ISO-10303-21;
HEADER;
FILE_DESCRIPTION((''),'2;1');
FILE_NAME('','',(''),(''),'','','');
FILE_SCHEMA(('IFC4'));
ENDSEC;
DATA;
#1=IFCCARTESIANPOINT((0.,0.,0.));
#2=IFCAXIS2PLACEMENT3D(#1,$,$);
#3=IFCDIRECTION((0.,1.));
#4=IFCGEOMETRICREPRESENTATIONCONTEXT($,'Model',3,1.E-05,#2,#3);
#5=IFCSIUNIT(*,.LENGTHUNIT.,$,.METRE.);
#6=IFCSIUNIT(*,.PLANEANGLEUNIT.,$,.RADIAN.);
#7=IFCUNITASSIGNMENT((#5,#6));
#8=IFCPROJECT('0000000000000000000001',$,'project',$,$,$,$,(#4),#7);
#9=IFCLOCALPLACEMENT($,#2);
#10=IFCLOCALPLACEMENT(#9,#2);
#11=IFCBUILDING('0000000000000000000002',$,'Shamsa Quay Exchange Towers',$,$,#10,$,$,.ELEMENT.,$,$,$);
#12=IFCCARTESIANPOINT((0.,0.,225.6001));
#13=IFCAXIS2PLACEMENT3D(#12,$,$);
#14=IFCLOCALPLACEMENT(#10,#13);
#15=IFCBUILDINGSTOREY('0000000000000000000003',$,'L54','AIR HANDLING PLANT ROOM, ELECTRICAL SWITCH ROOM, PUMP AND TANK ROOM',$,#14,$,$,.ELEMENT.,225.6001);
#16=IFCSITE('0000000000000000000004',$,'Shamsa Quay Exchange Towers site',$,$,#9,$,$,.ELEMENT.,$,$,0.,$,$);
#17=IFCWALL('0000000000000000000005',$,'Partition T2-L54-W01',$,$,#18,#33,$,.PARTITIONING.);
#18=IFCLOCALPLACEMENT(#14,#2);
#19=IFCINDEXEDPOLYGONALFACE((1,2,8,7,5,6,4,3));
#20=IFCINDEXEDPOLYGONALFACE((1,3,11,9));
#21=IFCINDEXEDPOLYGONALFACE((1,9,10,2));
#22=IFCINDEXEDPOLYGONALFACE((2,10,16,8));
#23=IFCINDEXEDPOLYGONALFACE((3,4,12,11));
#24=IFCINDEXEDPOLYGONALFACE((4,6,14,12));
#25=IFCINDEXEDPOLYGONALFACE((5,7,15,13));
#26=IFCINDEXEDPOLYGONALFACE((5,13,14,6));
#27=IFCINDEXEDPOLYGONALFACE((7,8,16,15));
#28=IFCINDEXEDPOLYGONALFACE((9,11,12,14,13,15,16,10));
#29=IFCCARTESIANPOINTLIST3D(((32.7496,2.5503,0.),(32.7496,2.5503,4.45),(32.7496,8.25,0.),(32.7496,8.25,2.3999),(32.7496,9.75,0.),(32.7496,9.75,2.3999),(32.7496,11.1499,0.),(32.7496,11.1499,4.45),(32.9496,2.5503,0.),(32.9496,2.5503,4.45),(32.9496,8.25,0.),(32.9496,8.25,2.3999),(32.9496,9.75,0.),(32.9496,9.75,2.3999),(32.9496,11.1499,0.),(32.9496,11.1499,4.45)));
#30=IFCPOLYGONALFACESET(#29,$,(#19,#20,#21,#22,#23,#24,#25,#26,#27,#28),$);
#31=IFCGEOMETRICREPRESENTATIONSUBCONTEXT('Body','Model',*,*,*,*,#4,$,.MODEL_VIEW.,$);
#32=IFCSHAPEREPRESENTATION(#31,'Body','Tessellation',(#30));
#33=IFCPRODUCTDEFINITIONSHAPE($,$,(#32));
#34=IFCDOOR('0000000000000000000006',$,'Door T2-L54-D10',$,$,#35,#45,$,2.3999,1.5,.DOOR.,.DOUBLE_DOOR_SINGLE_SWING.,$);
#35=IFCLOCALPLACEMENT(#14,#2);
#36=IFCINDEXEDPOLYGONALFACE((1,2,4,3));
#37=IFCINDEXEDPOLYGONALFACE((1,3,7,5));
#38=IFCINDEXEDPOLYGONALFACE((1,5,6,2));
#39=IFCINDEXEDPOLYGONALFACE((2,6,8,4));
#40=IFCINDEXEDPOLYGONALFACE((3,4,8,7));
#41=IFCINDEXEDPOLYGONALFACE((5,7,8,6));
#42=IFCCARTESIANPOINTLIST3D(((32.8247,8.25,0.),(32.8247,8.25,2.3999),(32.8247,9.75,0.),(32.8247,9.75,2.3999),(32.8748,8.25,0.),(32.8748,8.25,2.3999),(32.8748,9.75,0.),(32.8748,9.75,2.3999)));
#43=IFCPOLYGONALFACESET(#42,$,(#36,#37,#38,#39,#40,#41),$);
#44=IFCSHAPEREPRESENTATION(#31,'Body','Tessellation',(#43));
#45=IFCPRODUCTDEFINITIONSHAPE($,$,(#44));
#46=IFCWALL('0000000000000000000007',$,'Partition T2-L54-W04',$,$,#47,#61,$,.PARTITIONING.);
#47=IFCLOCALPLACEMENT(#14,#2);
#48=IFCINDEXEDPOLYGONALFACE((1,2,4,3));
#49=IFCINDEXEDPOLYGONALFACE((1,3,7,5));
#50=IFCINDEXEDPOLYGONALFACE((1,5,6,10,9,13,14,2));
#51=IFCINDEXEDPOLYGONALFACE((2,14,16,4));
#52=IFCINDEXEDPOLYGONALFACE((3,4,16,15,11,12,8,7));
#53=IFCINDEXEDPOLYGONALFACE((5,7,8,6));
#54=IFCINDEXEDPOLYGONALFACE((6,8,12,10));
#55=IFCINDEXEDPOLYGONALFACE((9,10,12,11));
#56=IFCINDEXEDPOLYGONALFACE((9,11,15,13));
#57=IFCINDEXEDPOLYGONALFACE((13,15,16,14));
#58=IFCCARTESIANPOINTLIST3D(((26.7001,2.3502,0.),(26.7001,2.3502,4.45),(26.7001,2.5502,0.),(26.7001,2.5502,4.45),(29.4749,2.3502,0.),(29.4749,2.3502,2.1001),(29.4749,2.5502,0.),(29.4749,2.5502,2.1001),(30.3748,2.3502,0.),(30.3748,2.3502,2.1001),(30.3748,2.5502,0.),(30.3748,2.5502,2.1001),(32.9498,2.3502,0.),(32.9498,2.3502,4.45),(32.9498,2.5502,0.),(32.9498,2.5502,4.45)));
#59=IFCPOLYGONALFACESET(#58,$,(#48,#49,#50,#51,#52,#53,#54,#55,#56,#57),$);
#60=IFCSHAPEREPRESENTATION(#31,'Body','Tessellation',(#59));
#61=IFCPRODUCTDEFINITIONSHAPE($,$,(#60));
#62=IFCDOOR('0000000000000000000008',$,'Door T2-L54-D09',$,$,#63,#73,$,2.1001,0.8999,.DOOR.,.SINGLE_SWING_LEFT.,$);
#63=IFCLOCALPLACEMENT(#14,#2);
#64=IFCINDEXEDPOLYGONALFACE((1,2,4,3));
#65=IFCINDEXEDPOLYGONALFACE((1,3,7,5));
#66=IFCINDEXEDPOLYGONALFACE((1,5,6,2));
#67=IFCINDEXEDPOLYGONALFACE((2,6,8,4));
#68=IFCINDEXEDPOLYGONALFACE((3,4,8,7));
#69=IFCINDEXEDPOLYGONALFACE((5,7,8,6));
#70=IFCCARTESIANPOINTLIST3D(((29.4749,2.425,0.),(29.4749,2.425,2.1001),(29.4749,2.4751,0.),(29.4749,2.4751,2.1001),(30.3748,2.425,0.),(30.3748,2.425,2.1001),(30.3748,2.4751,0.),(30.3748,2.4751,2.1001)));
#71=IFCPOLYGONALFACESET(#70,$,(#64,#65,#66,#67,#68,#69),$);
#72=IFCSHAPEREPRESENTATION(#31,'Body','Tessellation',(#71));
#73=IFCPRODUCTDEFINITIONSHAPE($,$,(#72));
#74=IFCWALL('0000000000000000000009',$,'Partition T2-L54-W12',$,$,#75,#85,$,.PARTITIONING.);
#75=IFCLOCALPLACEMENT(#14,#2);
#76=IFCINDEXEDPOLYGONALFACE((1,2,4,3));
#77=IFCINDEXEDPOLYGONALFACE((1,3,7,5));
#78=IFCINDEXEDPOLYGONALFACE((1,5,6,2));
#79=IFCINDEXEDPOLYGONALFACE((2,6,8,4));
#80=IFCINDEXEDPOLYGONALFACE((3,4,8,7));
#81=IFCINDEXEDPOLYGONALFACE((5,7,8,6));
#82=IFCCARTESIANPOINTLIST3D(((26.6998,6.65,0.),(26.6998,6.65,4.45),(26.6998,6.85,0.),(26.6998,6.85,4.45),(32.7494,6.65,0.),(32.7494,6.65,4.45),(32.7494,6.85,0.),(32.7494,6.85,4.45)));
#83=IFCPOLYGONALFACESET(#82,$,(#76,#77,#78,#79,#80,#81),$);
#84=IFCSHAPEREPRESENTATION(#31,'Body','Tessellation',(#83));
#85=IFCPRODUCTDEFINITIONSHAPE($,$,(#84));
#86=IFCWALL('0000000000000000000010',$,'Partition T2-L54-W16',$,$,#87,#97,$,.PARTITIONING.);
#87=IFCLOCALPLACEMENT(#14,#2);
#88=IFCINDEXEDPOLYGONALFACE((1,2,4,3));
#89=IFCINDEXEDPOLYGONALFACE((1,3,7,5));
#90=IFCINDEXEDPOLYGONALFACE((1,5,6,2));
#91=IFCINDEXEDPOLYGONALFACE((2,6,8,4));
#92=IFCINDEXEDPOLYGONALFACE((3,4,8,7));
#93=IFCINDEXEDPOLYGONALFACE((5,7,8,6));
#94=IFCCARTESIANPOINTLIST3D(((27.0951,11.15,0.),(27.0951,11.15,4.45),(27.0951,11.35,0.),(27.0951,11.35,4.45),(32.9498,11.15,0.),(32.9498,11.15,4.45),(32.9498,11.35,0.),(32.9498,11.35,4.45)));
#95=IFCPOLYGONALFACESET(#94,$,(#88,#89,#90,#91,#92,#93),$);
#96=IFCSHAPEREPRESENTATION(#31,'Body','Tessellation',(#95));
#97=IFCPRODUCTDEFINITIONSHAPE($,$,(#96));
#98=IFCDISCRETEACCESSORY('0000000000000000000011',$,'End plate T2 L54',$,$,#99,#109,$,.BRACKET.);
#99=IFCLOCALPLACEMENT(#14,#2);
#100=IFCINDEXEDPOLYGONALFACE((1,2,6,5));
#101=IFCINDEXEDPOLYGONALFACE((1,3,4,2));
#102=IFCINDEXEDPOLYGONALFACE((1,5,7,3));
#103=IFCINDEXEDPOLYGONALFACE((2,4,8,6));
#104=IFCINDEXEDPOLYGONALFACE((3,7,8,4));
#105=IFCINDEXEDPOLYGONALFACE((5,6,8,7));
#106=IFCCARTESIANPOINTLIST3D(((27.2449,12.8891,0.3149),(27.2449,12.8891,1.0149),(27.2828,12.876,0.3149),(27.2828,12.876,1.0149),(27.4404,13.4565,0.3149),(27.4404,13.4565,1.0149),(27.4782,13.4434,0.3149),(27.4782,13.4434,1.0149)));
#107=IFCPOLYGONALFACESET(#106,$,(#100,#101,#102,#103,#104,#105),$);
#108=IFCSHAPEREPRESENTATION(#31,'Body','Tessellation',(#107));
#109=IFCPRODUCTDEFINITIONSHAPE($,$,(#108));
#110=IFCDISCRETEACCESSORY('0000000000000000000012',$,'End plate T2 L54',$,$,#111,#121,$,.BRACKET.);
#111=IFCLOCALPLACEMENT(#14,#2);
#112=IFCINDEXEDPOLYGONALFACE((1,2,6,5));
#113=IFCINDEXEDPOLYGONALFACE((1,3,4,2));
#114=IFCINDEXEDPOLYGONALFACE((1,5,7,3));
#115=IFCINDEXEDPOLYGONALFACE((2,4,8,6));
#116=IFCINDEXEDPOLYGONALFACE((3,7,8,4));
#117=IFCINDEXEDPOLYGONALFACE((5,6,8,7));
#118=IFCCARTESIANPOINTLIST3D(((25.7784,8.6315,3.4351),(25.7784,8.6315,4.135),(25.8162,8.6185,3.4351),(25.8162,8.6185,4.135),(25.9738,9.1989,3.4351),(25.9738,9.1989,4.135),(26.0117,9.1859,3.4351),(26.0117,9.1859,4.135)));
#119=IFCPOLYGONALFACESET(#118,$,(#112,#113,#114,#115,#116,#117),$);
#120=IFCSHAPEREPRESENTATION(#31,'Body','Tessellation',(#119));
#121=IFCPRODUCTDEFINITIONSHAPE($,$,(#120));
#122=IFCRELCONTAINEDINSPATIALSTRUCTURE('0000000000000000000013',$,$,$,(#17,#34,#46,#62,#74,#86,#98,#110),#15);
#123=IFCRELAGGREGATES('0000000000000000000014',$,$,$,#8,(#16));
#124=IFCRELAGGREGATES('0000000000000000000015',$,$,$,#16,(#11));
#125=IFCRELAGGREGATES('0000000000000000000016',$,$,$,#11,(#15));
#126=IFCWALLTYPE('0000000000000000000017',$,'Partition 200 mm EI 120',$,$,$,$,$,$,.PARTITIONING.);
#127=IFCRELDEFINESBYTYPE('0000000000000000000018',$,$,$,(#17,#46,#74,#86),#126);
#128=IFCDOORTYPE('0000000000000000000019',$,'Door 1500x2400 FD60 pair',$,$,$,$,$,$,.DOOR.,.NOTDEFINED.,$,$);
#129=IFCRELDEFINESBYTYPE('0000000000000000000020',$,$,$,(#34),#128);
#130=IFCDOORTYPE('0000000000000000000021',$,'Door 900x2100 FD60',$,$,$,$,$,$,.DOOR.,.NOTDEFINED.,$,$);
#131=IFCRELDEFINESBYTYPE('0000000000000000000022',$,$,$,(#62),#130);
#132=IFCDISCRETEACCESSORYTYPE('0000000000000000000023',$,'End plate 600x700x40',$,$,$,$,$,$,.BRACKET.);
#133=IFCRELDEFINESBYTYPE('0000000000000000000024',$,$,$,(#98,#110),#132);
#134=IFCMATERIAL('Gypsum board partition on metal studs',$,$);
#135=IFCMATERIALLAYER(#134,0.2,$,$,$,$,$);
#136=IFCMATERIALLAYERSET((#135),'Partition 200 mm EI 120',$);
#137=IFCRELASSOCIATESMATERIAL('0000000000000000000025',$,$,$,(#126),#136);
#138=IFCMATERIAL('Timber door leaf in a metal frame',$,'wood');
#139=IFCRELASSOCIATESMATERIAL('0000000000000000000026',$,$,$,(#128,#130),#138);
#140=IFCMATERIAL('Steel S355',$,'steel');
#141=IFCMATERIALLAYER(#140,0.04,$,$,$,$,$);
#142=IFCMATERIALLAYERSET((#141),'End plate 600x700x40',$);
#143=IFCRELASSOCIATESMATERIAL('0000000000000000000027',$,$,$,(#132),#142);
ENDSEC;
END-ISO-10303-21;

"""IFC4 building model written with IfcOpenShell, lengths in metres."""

from ifc_helpers import new_model, si_unit, direction, frame, frame_2d, origin, origin_2d, place, context, subcontext, project, spatial, rectangle, extrude, material, layer, layer_set, type_object, element, fill, save


model = new_model("IFC4")

# Units and contexts
model_context = context("Model", 3, precision=1e-05, world=origin(), true_north=direction((0.0, 1.0)))
body_context = subcontext(model_context, "Body", "Model", "MODEL_VIEW")
ifc_project = project(units=[si_unit("LENGTHUNIT", "METRE"), si_unit("PLANEANGLEUNIT", "RADIAN")], contexts=[model_context])

# Site, building, storey
site_placement = place(None, origin())
site = spatial("IfcSite", under=ifc_project, at=site_placement, Name="Shamsa Quay Exchange Towers site", CompositionType="ELEMENT", RefElevation=0.0)
building_placement = place(site_placement, origin())
building = spatial("IfcBuilding", under=site, at=building_placement, Name="Shamsa Quay Exchange Towers", CompositionType="ELEMENT")
storey_placement = place(building_placement, frame((0.0, 0.0, 225.6001)))
storey = spatial("IfcBuildingStorey", under=building, at=storey_placement, Name="L54", Description="AIR HANDLING PLANT ROOM, ELECTRICAL SWITCH ROOM, PUMP AND TANK ROOM", CompositionType="ELEMENT", Elevation=225.6001)

# Shared definitions
ifc_material_1 = material(Name="Steel S355", Category="steel")

# Shared definitions
ifc_material_2 = material(Name="Gypsum board partition on metal studs")

# Walls, openings, doors
ifc_layer_1 = layer(ifc_material_2, 0.2)
ifc_layer_set_1 = layer_set([ifc_layer_1], Name="Partition 200 mm EI 120")
wall_type_1 = type_object("IfcWallType", Name="Partition 200 mm EI 120", PredefinedType="PARTITIONING", material=ifc_layer_set_1)
wall_1_placement = place(storey_placement, frame((32.8496, 2.5503, 0.0), z_axis=(0.0, 0.0, 1.0), x_axis=(0.0, 1.0, 0.0)))
wall_1 = element("IfcWall", 1, at=wall_1_placement, inside=storey, type_object=wall_type_1, Name="Partition T2-L54-W01", PredefinedType="PARTITIONING", context=body_context, shape_type="SweptSolid", body=[
    extrude(rectangle(XDim=8.5996, YDim=0.2, at=frame_2d((4.2998, 0.0))), origin(), (0.0, 0.0, 1.0), 4.45),
])
opening_1_placement = place(wall_1_placement, frame((5.6997, 0.0, 0.0)))
opening_1 = element("IfcOpeningElement", 2, at=opening_1_placement, cuts=wall_1, PredefinedType="OPENING", context=body_context, shape_type="SweptSolid", body=[
    extrude(rectangle(XDim=1.5, YDim=2.3999, at=frame_2d((0.75, 1.2))), frame((0.0, 0.1099, 0.0), z_axis=(0.0, -1.0, 0.0), x_axis=(1.0, 0.0, 0.0)), (0.0, 0.0, 1.0), 0.22),
])
ifc_material_3 = material(Name="Timber door leaf in a metal frame", Category="wood")
door_type_1 = type_object("IfcDoorType", Name="Door 1500x2400 FD60 pair", OperationType="NOTDEFINED", PredefinedType="DOOR", material=ifc_material_3)
door_1_placement = place(opening_1_placement, origin())
door_1 = element("IfcDoor", 3, at=door_1_placement, inside=storey, type_object=door_type_1, Name="Door T2-L54-D10", OperationType="DOUBLE_DOOR_SINGLE_SWING", OverallHeight=2.3999, OverallWidth=1.5, PredefinedType="DOOR", context=body_context, shape_type="SweptSolid", body=[
    extrude(rectangle(XDim=1.5, YDim=2.3999, at=frame_2d((0.75, 1.2))), frame((0.0, 0.0249, 0.0), z_axis=(0.0, -1.0, 0.0), x_axis=(1.0, 0.0, 0.0)), (0.0, 0.0, 1.0), 0.05),
])
fill(opening_1, door_1)
wall_2_placement = place(storey_placement, frame((26.7, 2.4502, 0.0)))
wall_2 = element("IfcWall", 4, at=wall_2_placement, inside=storey, type_object=wall_type_1, Name="Partition T2-L54-W04", PredefinedType="PARTITIONING", context=body_context, shape_type="SweptSolid", body=[
    extrude(rectangle(XDim=6.2498, YDim=0.2, at=frame_2d((3.125, 0.0))), origin(), (0.0, 0.0, 1.0), 4.45),
])
opening_2_placement = place(wall_2_placement, frame((2.7749, 0.0, 0.0)))
opening_2 = element("IfcOpeningElement", 5, at=opening_2_placement, cuts=wall_2, PredefinedType="OPENING", context=body_context, shape_type="SweptSolid", body=[
    extrude(rectangle(XDim=0.8999, YDim=2.1001, at=frame_2d((0.45, 1.05))), frame((0.0, 0.1099, 0.0), z_axis=(0.0, -1.0, 0.0), x_axis=(1.0, 0.0, 0.0)), (0.0, 0.0, 1.0), 0.22),
])
door_type_2 = type_object("IfcDoorType", Name="Door 900x2100 FD60", OperationType="NOTDEFINED", PredefinedType="DOOR", material=ifc_material_3)
door_2_placement = place(opening_2_placement, origin())
door_2 = element("IfcDoor", 6, at=door_2_placement, inside=storey, type_object=door_type_2, Name="Door T2-L54-D09", OperationType="SINGLE_SWING_LEFT", OverallHeight=2.1001, OverallWidth=0.8999, PredefinedType="DOOR", context=body_context, shape_type="SweptSolid", body=[
    extrude(rectangle(XDim=0.8999, YDim=2.1001, at=frame_2d((0.45, 1.05))), frame((0.0, 0.0249, 0.0), z_axis=(0.0, -1.0, 0.0), x_axis=(1.0, 0.0, 0.0)), (0.0, 0.0, 1.0), 0.05),
])
fill(opening_2, door_2)

# Walls
wall_3_placement = place(storey_placement, frame((32.7495, 6.75, 0.0), z_axis=(0.0, 0.0, 1.0), x_axis=(-1.0, 0.0, 0.0)))
element("IfcWall", 7, at=wall_3_placement, inside=storey, type_object=wall_type_1, Name="Partition T2-L54-W12", PredefinedType="PARTITIONING", context=body_context, shape_type="SweptSolid", body=[
    extrude(rectangle(XDim=6.0496, YDim=0.2, at=frame_2d((3.0249, 0.0))), origin(), (0.0, 0.0, 1.0), 4.45),
])
wall_4_placement = place(storey_placement, frame((32.9497, 11.25, 0.0), z_axis=(0.0, 0.0, 1.0), x_axis=(-1.0, 0.0, 0.0)))
element("IfcWall", 8, at=wall_4_placement, inside=storey, type_object=wall_type_1, Name="Partition T2-L54-W16", PredefinedType="PARTITIONING", context=body_context, shape_type="SweptSolid", body=[
    extrude(rectangle(XDim=5.8547, YDim=0.2, at=frame_2d((2.9272, 0.0))), origin(), (0.0, 0.0, 1.0), 4.45),
])

# Discrete accessories
ifc_layer_2 = layer(ifc_material_1, 0.04)
ifc_layer_set_2 = layer_set([ifc_layer_2], Name="End plate 600x700x40")
discrete_accessory_type = type_object("IfcDiscreteAccessoryType", Name="End plate 600x700x40", PredefinedType="BRACKET", material=ifc_layer_set_2)
for number, where, z_axis, x_axis, name in (
    (9, (27.3616, 13.1663, 0.3149), (0.0, 0.0, 1.0), (-0.325667, -0.945485, 0.0), "End plate T2 L54"),
    (10, (25.895, 8.9087, 3.4351), (0.0, 0.0, 1.0), (-0.325667, -0.945485, 0.0), "End plate T2 L54"),
):
    element("IfcDiscreteAccessory", number, at=place(storey_placement, frame(where, z_axis=z_axis, x_axis=x_axis)), inside=storey, type_object=discrete_accessory_type, Name=name, PredefinedType="BRACKET", context=body_context, shape_type="SweptSolid", body=[
        extrude(rectangle(XDim=0.6001, YDim=0.04, at=origin_2d()), origin(), (0.0, 0.0, 1.0), 0.7),
    ])

save(model, "model.ifc")
